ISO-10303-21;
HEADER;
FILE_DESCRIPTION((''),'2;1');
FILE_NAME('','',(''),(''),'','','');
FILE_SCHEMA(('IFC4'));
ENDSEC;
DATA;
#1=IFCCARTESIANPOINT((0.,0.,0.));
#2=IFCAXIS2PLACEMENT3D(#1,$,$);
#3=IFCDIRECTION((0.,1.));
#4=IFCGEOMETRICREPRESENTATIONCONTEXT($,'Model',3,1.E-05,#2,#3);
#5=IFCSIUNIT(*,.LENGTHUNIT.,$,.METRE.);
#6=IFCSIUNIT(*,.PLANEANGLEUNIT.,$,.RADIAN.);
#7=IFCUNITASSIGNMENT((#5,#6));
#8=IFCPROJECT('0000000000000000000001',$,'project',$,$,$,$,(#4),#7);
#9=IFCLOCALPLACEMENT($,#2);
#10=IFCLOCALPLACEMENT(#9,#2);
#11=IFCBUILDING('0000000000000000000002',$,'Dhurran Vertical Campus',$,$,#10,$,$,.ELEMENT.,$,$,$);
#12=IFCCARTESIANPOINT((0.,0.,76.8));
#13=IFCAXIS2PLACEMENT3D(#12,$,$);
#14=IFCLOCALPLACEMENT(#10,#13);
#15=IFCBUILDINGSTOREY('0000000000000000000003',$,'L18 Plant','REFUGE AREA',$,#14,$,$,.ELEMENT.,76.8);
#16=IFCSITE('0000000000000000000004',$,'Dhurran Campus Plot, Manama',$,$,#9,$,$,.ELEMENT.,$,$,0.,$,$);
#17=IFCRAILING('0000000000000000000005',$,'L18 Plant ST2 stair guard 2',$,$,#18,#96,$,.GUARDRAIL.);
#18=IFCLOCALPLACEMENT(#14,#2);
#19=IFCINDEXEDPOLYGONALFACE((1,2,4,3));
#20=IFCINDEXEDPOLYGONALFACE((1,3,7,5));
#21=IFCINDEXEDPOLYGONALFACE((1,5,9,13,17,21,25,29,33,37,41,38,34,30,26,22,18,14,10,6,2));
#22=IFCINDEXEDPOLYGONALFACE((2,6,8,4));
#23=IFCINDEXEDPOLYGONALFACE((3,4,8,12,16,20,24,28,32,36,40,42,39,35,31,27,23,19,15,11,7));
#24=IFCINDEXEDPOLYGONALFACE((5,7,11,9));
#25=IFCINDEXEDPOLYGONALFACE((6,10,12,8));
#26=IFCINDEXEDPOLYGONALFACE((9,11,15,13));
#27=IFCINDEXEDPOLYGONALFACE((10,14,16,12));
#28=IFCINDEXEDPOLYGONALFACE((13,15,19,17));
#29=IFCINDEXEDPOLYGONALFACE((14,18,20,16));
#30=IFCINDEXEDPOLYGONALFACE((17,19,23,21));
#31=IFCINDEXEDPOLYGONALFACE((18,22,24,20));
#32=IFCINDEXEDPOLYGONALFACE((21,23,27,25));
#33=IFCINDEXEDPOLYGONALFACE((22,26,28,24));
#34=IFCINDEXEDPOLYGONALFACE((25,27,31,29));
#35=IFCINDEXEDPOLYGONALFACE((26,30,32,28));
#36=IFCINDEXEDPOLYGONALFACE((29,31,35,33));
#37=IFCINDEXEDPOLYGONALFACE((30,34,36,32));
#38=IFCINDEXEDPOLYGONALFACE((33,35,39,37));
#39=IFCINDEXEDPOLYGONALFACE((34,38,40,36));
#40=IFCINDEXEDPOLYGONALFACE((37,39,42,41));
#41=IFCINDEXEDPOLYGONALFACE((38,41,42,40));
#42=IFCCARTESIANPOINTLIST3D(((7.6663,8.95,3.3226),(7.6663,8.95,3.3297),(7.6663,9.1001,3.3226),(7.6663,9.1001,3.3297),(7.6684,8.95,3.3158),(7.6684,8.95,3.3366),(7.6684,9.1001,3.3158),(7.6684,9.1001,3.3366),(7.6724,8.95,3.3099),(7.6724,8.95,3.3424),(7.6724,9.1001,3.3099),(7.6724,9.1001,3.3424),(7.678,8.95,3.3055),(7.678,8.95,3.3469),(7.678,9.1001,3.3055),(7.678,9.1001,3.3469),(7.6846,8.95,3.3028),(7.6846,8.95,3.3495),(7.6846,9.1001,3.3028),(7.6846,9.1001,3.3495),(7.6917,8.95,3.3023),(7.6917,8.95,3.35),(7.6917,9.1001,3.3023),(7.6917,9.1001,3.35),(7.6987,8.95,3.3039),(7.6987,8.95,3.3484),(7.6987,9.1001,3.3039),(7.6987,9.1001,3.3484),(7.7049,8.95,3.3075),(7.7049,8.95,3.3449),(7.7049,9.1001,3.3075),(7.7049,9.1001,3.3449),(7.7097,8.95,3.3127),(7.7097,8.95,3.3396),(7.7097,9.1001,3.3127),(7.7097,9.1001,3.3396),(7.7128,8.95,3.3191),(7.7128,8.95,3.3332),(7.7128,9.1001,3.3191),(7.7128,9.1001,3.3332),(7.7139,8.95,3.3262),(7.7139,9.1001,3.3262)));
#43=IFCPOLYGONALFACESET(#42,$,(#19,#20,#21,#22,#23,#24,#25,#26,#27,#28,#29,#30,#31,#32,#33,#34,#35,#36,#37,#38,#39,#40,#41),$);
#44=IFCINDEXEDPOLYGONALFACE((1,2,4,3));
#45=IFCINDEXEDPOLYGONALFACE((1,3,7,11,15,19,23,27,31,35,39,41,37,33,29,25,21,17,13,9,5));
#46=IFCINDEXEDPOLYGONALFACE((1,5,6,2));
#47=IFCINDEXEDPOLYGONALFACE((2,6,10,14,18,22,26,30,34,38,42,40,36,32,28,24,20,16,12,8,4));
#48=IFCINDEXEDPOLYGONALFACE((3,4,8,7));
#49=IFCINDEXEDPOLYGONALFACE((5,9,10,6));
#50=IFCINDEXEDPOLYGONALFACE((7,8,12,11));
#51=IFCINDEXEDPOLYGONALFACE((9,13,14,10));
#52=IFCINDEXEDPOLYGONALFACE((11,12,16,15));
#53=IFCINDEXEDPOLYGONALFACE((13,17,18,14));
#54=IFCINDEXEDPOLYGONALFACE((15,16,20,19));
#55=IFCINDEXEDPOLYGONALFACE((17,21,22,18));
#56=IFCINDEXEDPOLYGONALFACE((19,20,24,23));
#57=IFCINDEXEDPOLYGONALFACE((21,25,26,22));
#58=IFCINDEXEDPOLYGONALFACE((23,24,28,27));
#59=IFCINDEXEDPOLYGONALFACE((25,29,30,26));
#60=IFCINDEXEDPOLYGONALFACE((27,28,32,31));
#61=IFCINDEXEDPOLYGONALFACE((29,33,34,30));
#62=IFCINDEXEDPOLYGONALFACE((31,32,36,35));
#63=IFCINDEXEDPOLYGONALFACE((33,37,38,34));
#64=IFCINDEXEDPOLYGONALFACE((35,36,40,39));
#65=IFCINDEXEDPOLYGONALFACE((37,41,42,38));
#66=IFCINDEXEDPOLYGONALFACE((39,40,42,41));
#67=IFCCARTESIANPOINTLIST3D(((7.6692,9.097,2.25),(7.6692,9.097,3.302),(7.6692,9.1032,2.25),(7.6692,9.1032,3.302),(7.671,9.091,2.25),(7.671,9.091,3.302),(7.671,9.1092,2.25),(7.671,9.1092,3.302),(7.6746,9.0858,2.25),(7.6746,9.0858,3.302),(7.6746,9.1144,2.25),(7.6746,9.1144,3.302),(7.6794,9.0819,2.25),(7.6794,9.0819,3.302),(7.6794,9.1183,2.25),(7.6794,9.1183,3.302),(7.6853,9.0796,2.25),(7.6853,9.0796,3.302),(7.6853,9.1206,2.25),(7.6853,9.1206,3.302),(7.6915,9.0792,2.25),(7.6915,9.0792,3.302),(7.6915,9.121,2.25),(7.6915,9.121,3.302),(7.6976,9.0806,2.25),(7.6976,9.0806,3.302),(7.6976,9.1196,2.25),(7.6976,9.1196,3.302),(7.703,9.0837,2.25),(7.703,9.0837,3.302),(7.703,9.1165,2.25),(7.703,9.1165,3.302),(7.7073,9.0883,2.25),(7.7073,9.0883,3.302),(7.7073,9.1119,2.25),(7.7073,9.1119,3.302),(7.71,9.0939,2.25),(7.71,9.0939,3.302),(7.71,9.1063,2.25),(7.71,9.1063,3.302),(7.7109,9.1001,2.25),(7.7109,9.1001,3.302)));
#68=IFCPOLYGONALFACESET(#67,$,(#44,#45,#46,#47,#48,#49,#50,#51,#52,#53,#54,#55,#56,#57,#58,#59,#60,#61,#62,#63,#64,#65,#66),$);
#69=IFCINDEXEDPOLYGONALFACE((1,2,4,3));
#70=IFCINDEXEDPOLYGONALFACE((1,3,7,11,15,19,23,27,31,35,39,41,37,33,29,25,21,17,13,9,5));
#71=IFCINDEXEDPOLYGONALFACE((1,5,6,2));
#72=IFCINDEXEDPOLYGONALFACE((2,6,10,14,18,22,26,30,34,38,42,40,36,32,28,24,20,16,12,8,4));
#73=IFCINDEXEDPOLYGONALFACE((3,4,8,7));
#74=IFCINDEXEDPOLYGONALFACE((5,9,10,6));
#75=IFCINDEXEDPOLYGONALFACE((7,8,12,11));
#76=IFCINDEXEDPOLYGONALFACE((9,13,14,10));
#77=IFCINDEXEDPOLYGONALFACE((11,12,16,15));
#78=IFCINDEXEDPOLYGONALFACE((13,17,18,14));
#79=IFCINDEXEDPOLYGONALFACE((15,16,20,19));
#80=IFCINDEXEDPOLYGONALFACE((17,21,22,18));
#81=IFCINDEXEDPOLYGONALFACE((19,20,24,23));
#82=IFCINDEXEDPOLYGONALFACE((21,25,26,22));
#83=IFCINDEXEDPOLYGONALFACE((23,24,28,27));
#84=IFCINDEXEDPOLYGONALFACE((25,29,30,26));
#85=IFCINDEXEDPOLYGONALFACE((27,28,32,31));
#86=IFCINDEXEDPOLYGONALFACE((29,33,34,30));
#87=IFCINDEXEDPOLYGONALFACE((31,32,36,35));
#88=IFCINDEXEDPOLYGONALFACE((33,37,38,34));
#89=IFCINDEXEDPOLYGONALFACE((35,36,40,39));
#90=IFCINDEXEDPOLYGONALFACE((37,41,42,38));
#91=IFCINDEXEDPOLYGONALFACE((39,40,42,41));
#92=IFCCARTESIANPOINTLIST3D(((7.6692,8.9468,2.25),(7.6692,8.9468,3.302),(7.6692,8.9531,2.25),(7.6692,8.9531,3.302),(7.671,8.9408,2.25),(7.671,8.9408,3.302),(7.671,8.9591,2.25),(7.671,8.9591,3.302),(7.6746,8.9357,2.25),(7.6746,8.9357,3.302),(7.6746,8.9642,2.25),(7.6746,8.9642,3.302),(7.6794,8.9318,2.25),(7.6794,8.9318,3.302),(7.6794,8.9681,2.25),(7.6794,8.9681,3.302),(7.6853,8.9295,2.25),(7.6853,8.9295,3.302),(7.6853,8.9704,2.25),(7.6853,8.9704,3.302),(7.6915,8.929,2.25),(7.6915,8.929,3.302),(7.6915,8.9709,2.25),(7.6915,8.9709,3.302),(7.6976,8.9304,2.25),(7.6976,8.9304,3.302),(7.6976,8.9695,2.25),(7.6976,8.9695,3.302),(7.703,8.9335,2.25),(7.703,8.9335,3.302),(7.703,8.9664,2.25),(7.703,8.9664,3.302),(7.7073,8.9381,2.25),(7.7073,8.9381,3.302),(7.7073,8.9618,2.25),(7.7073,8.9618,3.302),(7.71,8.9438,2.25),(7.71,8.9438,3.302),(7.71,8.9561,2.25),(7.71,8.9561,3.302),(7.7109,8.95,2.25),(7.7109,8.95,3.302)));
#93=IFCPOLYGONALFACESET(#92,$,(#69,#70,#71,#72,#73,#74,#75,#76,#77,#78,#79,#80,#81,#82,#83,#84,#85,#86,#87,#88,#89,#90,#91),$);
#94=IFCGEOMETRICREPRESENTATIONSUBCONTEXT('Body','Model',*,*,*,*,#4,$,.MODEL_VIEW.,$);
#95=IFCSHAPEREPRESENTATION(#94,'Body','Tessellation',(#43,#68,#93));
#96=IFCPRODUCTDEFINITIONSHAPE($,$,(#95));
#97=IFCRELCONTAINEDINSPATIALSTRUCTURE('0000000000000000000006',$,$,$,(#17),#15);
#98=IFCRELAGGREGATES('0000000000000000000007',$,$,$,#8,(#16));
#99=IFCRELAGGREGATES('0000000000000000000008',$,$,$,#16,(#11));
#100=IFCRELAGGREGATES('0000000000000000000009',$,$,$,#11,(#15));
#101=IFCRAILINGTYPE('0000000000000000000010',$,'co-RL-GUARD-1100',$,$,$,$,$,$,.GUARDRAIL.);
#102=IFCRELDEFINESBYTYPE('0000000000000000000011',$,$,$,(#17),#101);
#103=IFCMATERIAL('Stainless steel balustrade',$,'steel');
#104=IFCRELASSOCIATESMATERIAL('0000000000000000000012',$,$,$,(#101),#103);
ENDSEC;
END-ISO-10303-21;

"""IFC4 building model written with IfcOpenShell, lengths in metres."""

from ifc_helpers import new_model, si_unit, direction, frame, origin, origin_2d, place, context, subcontext, project, spatial, circle, extrude, material, type_object, element, save


model = new_model("IFC4")

# Units and contexts
model_context = context("Model", 3, precision=1e-05, world=origin(), true_north=direction((0.0, 1.0)))
body_context = subcontext(model_context, "Body", "Model", "MODEL_VIEW")
ifc_project = project(units=[si_unit("LENGTHUNIT", "METRE"), si_unit("PLANEANGLEUNIT", "RADIAN")], contexts=[model_context])

# Site, building, storey
site_placement = place(None, origin())
site = spatial("IfcSite", under=ifc_project, at=site_placement, Name="Dhurran Campus Plot, Manama", CompositionType="ELEMENT", RefElevation=0.0)
building_placement = place(site_placement, origin())
building = spatial("IfcBuilding", under=site, at=building_placement, Name="Dhurran Vertical Campus", CompositionType="ELEMENT")
storey_placement = place(building_placement, frame((0.0, 0.0, 76.8)))
storey = spatial("IfcBuildingStorey", under=building, at=storey_placement, Name="L18 Plant", Description="REFUGE AREA", CompositionType="ELEMENT", Elevation=76.8)

# Railing
ifc_material_1 = material(Name="Stainless steel balustrade", Category="steel")
railing_type_1 = type_object("IfcRailingType", Name="co-RL-GUARD-1100", PredefinedType="GUARDRAIL", material=ifc_material_1)
railing_1_placement = place(storey_placement, frame((7.6899, 9.1001, 2.25)))
element("IfcRailing", 1, at=railing_1_placement, inside=storey, type_object=railing_type_1, Name="L18 Plant ST2 stair guard 2", PredefinedType="GUARDRAIL", context=body_context, shape_type="SweptSolid", body=[
    extrude(circle(Radius=0.0239, at=origin_2d()), frame((0.0, 0.0, 1.0762), z_axis=(0.0, -1.0, 0.0), x_axis=(1.0, 0.0, 0.0)), (0.0, 0.0, 1.0), 0.1501),
    extrude(circle(Radius=0.021, at=origin_2d()), origin(), (0.0, 0.0, 1.0), 1.052),
    extrude(circle(Radius=0.021, at=origin_2d()), frame((0.0, -0.1501, 0.0)), (0.0, 0.0, 1.0), 1.052),
])

save(model, "model.ifc")
